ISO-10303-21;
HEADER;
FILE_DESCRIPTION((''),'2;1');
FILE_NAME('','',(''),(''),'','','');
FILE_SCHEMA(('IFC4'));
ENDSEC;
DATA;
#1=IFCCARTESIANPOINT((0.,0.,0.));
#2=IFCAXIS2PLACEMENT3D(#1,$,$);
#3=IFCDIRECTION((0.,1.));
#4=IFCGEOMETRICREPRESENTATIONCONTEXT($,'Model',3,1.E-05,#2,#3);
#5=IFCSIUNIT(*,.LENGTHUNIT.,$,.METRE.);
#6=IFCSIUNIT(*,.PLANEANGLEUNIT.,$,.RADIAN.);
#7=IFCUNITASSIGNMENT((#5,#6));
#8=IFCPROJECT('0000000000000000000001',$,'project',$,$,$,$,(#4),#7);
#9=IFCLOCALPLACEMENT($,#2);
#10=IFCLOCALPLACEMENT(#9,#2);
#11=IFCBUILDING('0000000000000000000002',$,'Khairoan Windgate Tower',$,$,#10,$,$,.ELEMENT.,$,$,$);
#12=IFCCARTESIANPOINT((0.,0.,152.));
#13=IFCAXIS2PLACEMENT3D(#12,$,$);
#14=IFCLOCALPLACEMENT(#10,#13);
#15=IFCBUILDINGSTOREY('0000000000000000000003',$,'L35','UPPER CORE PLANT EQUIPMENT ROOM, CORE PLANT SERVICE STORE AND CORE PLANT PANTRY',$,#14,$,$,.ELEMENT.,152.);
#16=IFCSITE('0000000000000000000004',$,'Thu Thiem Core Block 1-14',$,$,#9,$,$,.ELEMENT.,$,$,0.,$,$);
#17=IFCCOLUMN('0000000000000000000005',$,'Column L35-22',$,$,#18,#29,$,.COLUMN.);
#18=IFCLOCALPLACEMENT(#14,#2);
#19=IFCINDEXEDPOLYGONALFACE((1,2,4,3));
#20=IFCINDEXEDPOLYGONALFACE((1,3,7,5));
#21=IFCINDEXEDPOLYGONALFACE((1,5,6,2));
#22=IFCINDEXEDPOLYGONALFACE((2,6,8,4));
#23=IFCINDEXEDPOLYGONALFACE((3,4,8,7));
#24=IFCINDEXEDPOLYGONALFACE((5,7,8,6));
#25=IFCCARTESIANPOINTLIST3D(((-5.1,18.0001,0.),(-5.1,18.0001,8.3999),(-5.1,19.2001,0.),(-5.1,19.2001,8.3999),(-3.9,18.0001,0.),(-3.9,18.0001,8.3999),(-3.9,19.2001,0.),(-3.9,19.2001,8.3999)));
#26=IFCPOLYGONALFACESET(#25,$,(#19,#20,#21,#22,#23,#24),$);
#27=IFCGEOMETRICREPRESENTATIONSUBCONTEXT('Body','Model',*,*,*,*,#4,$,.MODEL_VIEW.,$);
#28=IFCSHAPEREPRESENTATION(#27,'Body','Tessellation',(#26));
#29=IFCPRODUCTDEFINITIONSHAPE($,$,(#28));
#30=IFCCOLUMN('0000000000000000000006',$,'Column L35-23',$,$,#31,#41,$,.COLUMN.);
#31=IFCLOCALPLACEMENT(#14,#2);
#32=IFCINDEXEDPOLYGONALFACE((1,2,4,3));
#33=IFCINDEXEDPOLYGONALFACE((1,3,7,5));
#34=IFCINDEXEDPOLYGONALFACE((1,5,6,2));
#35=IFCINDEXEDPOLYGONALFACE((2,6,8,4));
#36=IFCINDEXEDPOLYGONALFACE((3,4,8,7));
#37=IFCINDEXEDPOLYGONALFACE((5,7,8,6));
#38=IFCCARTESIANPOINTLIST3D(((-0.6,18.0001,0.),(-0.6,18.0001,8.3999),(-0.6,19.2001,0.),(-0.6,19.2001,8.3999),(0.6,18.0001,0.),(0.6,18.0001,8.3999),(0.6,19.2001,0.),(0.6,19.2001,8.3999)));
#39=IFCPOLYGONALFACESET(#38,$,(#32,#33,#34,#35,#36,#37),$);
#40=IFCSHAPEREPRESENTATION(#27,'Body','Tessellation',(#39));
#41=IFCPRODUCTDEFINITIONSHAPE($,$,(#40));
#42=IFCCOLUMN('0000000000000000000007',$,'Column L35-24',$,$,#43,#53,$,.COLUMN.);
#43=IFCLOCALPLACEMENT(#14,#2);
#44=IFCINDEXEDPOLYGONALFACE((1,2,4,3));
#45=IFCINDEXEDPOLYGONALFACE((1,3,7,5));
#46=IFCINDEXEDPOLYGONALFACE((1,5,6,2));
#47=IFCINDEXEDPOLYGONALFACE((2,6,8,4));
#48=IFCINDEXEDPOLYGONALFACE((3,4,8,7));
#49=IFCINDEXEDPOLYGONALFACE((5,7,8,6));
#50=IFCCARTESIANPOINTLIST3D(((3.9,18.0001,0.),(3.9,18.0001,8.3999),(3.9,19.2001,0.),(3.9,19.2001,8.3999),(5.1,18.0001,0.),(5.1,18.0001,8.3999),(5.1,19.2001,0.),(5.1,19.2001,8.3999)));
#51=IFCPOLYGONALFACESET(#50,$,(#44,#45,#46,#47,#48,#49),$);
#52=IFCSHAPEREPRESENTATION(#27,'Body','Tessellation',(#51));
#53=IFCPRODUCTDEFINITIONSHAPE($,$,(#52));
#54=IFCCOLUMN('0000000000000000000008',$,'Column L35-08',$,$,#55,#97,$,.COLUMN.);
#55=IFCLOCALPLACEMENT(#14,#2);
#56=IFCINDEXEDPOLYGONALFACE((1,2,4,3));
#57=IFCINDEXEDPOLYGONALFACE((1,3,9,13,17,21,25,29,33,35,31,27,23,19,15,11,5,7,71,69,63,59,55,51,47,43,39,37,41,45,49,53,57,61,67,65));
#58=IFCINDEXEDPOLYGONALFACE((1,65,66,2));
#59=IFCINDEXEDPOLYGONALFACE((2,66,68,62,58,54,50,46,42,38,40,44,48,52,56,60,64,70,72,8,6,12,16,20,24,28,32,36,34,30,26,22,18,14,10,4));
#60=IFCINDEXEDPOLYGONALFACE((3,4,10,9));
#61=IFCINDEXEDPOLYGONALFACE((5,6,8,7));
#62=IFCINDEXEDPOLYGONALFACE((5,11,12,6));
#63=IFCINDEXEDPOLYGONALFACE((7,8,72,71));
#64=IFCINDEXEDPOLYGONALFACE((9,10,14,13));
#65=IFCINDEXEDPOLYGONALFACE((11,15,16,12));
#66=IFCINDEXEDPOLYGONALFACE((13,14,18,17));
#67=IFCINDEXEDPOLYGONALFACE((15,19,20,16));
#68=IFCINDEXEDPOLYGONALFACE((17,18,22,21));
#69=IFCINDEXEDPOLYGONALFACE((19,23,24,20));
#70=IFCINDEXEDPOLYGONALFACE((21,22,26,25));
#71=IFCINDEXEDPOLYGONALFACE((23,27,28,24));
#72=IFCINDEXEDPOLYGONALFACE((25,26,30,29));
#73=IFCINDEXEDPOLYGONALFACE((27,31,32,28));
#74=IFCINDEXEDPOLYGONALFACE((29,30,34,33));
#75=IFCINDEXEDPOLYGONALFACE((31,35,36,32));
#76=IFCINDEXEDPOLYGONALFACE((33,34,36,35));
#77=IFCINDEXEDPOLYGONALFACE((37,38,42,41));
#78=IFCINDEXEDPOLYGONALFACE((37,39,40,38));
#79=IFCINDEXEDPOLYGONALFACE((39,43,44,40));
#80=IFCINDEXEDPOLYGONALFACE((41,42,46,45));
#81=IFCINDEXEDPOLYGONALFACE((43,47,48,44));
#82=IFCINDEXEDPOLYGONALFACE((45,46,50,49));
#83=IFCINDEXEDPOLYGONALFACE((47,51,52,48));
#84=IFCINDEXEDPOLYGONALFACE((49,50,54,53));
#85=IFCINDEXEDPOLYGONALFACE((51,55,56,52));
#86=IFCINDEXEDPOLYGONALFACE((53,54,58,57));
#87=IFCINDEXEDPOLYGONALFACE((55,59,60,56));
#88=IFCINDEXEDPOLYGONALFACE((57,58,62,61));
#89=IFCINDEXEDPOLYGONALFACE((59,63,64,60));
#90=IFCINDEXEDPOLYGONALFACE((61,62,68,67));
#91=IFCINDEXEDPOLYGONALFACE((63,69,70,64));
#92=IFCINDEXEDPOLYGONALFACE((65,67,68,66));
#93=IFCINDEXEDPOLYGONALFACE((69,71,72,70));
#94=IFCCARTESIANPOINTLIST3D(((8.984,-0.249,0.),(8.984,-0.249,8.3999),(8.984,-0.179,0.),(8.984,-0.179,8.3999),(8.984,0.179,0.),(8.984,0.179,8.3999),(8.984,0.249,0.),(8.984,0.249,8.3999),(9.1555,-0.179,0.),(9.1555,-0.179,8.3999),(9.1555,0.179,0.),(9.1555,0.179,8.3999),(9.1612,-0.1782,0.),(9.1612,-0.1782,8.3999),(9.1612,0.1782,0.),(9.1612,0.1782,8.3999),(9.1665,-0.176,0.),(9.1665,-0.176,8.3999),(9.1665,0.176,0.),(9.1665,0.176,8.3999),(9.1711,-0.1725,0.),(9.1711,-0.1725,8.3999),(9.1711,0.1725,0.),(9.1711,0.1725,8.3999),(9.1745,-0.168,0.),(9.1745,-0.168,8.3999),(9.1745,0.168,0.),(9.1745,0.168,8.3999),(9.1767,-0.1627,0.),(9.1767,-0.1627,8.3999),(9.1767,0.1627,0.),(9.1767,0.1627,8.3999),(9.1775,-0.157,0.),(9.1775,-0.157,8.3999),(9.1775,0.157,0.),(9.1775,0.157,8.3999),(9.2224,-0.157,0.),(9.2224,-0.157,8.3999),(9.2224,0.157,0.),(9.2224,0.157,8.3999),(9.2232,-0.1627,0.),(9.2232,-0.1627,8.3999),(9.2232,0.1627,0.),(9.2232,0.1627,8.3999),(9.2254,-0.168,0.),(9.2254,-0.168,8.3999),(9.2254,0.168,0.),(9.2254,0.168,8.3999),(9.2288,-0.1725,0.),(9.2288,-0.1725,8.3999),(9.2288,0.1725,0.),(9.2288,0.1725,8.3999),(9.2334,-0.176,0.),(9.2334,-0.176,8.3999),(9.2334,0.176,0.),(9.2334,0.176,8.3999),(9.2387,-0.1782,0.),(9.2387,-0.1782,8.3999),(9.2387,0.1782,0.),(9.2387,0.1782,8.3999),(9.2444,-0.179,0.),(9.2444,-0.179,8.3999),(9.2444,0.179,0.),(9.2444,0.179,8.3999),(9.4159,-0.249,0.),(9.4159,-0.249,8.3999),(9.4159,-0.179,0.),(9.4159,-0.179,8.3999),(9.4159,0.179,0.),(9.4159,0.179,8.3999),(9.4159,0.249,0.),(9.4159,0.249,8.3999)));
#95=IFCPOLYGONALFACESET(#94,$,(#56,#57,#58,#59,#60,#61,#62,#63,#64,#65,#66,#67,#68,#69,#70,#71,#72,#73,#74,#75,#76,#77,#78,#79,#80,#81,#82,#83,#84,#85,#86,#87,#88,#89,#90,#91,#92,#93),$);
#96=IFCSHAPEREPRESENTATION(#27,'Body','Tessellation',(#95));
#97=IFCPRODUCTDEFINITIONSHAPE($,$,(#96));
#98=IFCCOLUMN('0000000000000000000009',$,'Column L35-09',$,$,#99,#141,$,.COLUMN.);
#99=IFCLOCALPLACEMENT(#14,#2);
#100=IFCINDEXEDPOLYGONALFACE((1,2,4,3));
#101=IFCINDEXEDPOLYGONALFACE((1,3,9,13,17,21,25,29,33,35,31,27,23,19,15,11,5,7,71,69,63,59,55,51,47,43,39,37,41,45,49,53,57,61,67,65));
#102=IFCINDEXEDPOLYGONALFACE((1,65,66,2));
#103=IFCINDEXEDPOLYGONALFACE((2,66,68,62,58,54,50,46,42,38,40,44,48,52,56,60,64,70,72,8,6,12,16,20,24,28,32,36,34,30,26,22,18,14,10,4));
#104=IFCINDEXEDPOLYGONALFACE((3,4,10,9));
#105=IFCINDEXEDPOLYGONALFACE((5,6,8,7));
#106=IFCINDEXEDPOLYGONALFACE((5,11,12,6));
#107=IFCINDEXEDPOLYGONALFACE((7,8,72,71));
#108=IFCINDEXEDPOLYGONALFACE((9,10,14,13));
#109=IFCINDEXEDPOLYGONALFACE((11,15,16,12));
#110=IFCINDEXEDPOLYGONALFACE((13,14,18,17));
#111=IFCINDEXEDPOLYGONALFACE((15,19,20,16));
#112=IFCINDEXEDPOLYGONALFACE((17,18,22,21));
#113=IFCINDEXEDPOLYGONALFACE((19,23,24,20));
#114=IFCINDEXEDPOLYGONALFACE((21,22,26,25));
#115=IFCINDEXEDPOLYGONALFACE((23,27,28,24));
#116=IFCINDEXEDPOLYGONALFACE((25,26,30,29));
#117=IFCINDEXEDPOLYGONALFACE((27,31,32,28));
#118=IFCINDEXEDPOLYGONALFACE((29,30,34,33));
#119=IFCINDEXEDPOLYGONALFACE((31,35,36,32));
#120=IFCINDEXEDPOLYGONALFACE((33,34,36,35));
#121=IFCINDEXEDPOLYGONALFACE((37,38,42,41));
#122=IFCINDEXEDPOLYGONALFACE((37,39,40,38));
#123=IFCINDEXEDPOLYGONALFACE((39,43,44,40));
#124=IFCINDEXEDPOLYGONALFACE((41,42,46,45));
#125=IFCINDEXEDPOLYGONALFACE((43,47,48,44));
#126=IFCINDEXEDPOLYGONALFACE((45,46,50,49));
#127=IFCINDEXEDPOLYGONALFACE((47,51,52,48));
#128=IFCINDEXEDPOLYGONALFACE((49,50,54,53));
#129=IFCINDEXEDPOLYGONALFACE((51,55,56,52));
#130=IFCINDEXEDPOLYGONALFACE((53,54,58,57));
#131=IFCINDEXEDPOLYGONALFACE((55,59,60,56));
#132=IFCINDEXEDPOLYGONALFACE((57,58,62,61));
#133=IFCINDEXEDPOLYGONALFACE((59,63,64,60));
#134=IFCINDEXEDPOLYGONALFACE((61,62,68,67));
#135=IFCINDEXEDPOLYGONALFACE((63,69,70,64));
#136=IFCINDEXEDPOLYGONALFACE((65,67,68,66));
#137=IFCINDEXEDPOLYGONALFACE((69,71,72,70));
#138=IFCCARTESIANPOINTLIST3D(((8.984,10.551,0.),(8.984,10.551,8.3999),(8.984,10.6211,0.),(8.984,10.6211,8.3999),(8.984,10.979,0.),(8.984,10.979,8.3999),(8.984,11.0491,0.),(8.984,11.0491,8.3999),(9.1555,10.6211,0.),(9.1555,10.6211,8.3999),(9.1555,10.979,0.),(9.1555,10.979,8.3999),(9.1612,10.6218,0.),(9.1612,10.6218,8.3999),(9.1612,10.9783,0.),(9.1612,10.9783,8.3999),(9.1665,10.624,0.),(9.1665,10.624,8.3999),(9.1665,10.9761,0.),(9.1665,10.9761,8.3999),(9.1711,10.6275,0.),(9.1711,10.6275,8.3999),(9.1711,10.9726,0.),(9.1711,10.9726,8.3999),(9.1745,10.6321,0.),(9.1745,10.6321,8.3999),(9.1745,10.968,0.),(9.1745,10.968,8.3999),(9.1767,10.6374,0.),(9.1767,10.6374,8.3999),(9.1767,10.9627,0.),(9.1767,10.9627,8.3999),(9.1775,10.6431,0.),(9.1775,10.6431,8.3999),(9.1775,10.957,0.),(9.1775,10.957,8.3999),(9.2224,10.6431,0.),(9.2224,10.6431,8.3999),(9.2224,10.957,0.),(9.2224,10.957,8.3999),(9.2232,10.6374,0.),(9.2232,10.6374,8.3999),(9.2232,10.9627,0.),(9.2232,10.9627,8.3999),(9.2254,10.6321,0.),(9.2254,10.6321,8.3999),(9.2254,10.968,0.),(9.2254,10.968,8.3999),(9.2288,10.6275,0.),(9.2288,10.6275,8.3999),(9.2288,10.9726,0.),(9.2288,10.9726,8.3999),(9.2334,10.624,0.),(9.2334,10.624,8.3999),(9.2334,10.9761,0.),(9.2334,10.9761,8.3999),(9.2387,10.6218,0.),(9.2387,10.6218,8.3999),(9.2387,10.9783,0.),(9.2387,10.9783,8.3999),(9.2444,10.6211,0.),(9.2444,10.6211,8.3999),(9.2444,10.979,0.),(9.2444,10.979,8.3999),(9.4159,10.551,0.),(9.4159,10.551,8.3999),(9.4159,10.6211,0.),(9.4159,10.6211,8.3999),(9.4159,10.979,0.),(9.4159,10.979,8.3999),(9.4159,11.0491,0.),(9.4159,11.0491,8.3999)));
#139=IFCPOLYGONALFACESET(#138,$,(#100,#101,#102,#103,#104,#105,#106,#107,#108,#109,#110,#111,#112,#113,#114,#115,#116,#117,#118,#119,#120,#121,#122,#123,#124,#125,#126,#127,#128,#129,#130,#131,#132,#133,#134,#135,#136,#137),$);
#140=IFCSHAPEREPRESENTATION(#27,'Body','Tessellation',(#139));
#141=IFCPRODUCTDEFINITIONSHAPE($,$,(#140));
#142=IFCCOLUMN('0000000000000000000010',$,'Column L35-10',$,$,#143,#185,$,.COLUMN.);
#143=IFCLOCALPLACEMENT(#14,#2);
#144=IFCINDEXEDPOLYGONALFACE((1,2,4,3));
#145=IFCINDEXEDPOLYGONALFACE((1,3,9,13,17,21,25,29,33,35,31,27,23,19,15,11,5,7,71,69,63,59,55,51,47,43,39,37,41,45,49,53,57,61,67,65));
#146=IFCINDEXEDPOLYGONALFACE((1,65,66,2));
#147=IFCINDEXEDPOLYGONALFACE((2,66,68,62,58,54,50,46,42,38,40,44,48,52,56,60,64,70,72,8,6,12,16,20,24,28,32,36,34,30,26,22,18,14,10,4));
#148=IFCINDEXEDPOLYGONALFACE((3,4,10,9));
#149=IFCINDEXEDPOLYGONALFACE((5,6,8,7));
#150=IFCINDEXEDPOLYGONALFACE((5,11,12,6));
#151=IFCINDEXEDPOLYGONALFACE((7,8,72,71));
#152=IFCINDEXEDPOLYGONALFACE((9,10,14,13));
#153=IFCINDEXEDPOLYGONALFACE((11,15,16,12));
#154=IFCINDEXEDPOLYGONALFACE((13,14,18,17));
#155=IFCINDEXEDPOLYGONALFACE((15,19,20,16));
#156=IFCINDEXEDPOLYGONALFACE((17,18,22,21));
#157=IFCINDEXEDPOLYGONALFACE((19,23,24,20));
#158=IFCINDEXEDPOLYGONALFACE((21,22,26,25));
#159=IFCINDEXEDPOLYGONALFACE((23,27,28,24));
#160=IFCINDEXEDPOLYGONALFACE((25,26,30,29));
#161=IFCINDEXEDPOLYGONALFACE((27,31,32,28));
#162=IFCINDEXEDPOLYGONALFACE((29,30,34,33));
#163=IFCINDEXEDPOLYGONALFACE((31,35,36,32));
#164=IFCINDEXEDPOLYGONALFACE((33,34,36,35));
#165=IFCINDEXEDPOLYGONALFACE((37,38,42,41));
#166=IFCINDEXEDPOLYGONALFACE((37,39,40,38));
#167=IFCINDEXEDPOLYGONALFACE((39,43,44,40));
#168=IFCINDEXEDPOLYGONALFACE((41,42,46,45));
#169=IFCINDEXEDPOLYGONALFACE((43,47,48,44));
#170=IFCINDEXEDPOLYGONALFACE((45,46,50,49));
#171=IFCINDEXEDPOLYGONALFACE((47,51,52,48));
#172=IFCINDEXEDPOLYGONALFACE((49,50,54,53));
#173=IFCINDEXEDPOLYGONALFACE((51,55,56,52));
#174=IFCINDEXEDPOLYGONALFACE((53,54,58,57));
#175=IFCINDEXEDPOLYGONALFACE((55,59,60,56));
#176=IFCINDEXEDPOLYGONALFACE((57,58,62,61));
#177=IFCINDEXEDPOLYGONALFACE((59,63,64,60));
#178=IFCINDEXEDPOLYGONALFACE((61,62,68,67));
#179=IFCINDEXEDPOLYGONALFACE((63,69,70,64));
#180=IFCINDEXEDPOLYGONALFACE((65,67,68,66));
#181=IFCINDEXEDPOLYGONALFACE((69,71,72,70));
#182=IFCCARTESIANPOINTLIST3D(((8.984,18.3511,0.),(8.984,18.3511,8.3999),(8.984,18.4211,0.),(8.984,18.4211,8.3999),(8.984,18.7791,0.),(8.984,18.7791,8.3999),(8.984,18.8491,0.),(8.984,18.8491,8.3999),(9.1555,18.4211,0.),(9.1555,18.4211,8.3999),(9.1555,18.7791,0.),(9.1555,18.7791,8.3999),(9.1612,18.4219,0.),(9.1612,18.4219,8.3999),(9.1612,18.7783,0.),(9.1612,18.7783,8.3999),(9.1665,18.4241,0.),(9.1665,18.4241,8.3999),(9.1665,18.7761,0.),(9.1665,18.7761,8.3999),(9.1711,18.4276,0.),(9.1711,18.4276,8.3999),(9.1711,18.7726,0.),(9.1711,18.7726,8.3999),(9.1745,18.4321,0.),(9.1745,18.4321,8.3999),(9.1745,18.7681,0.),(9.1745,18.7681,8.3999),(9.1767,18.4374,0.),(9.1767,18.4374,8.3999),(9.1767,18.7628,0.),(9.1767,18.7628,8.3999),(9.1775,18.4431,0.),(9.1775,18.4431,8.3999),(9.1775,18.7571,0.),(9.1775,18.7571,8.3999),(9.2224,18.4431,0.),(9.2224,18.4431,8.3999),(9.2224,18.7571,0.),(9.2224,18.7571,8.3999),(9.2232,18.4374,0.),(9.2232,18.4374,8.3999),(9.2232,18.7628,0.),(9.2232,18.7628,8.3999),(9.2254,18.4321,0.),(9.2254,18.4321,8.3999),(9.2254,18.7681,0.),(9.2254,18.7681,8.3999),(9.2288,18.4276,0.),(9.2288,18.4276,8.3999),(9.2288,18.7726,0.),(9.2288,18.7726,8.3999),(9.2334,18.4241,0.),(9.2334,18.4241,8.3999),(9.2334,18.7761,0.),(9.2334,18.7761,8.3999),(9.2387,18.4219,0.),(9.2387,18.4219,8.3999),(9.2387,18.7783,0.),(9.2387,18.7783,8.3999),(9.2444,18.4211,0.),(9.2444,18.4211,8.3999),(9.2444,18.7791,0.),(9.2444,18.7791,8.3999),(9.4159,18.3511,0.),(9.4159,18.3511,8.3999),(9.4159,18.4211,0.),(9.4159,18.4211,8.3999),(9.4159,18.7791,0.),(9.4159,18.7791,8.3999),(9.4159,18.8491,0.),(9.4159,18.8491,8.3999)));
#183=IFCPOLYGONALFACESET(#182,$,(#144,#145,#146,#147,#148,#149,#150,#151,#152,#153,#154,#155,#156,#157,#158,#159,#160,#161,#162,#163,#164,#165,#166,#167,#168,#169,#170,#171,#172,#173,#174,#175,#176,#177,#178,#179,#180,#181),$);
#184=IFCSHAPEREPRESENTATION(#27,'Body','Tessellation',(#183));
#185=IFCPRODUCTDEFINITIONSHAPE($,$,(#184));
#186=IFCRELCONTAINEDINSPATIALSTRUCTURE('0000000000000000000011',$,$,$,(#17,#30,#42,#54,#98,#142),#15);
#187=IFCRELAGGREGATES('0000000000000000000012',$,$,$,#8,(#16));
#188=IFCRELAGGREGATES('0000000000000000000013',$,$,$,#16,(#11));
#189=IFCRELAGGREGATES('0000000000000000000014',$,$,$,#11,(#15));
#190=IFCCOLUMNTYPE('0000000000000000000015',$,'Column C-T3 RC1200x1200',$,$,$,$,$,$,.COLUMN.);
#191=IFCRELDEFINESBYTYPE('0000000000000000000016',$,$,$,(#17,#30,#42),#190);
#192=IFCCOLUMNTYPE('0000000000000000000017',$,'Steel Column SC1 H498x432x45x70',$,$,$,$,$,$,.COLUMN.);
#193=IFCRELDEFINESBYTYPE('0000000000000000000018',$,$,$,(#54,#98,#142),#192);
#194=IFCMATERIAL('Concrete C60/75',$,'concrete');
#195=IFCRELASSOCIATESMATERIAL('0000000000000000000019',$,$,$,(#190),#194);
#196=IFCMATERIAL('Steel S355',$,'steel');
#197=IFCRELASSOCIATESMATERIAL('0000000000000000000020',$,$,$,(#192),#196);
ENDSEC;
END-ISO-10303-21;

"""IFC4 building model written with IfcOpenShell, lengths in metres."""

from ifc_helpers import new_model, si_unit, direction, frame, origin, origin_2d, place, context, subcontext, project, spatial, rectangle, i_section, extrude, material, material_profile, profile_set, type_object, element, save


model = new_model("IFC4")

# Units and contexts
model_context = context("Model", 3, precision=1e-05, world=origin(), true_north=direction((0.0, 1.0)))
body_context = subcontext(model_context, "Body", "Model", "MODEL_VIEW")
ifc_project = project(units=[si_unit("LENGTHUNIT", "METRE"), si_unit("PLANEANGLEUNIT", "RADIAN")], contexts=[model_context])

# Site, building, storey
site_placement = place(None, origin())
site = spatial("IfcSite", under=ifc_project, at=site_placement, Name="Thu Thiem Core Block 1-14", CompositionType="ELEMENT", RefElevation=0.0)
building_placement = place(site_placement, origin())
building = spatial("IfcBuilding", under=site, at=building_placement, Name="Khairoan Windgate Tower", CompositionType="ELEMENT")
storey_placement = place(building_placement, frame((0.0, 0.0, 152.0)))
storey = spatial("IfcBuildingStorey", under=building, at=storey_placement, Name="L35", Description="UPPER CORE PLANT EQUIPMENT ROOM, CORE PLANT SERVICE STORE AND CORE PLANT PANTRY", CompositionType="ELEMENT", Elevation=152.0)

# Columns
ifc_material_1 = material(Name="Concrete C60/75", Category="concrete")
ifc_material_profile_1 = material_profile(ifc_material_1, rectangle(XDim=1.2, YDim=1.2, at=origin_2d()))
ifc_profile_set_1 = profile_set([ifc_material_profile_1], Name="Concrete C60/75")
column_type_1 = type_object("IfcColumnType", Name="Column C-T3 RC1200x1200", PredefinedType="COLUMN", material=ifc_profile_set_1)
for number, where, z_axis, x_axis, name in (
    (1, (-4.5, 18.6001, 0.0), (0.0, 0.0, 1.0), (1.0, 0.0, 0.0), "Column L35-22"),
    (2, (0.0, 18.6001, 0.0), (0.0, 0.0, 1.0), (1.0, 0.0, 0.0), "Column L35-23"),
    (3, (4.5, 18.6001, 0.0), (0.0, 0.0, 1.0), (1.0, 0.0, 0.0), "Column L35-24"),
):
    element("IfcColumn", number, at=place(storey_placement, frame(where, z_axis=z_axis, x_axis=x_axis)), inside=storey, type_object=column_type_1, Name=name, PredefinedType="COLUMN", context=body_context, shape_type="SweptSolid", body=[
        extrude(rectangle(XDim=1.2, YDim=1.2, at=origin_2d()), origin(), (0.0, 0.0, 1.0), 8.3999),
    ])
ifc_material_2 = material(Name="Steel S355", Category="steel")
ifc_material_profile_2 = material_profile(ifc_material_2, i_section(OverallWidth=0.4319, OverallDepth=0.498, WebThickness=0.0449, FlangeThickness=0.0701, FilletRadius=0.022, at=origin_2d()))
ifc_profile_set_2 = profile_set([ifc_material_profile_2], Name="Steel S355")
column_type_2 = type_object("IfcColumnType", Name="Steel Column SC1 H498x432x45x70", PredefinedType="COLUMN", material=ifc_profile_set_2)
for number, where, z_axis, x_axis, name in (
    (4, (9.2, 0.0, 0.0), (0.0, 0.0, 1.0), (1.0, 0.0, 0.0), "Column L35-08"),
    (5, (9.2, 10.8, 0.0), (0.0, 0.0, 1.0), (1.0, 0.0, 0.0), "Column L35-09"),
    (6, (9.2, 18.6001, 0.0), (0.0, 0.0, 1.0), (1.0, 0.0, 0.0), "Column L35-10"),
):
    element("IfcColumn", number, at=place(storey_placement, frame(where, z_axis=z_axis, x_axis=x_axis)), inside=storey, type_object=column_type_2, Name=name, PredefinedType="COLUMN", context=body_context, shape_type="SweptSolid", body=[
        extrude(i_section(OverallWidth=0.4319, OverallDepth=0.498, WebThickness=0.0449, FlangeThickness=0.0701, FilletRadius=0.022, at=origin_2d()), origin(), (0.0, 0.0, 1.0), 8.3999),
    ])

save(model, "model.ifc")
